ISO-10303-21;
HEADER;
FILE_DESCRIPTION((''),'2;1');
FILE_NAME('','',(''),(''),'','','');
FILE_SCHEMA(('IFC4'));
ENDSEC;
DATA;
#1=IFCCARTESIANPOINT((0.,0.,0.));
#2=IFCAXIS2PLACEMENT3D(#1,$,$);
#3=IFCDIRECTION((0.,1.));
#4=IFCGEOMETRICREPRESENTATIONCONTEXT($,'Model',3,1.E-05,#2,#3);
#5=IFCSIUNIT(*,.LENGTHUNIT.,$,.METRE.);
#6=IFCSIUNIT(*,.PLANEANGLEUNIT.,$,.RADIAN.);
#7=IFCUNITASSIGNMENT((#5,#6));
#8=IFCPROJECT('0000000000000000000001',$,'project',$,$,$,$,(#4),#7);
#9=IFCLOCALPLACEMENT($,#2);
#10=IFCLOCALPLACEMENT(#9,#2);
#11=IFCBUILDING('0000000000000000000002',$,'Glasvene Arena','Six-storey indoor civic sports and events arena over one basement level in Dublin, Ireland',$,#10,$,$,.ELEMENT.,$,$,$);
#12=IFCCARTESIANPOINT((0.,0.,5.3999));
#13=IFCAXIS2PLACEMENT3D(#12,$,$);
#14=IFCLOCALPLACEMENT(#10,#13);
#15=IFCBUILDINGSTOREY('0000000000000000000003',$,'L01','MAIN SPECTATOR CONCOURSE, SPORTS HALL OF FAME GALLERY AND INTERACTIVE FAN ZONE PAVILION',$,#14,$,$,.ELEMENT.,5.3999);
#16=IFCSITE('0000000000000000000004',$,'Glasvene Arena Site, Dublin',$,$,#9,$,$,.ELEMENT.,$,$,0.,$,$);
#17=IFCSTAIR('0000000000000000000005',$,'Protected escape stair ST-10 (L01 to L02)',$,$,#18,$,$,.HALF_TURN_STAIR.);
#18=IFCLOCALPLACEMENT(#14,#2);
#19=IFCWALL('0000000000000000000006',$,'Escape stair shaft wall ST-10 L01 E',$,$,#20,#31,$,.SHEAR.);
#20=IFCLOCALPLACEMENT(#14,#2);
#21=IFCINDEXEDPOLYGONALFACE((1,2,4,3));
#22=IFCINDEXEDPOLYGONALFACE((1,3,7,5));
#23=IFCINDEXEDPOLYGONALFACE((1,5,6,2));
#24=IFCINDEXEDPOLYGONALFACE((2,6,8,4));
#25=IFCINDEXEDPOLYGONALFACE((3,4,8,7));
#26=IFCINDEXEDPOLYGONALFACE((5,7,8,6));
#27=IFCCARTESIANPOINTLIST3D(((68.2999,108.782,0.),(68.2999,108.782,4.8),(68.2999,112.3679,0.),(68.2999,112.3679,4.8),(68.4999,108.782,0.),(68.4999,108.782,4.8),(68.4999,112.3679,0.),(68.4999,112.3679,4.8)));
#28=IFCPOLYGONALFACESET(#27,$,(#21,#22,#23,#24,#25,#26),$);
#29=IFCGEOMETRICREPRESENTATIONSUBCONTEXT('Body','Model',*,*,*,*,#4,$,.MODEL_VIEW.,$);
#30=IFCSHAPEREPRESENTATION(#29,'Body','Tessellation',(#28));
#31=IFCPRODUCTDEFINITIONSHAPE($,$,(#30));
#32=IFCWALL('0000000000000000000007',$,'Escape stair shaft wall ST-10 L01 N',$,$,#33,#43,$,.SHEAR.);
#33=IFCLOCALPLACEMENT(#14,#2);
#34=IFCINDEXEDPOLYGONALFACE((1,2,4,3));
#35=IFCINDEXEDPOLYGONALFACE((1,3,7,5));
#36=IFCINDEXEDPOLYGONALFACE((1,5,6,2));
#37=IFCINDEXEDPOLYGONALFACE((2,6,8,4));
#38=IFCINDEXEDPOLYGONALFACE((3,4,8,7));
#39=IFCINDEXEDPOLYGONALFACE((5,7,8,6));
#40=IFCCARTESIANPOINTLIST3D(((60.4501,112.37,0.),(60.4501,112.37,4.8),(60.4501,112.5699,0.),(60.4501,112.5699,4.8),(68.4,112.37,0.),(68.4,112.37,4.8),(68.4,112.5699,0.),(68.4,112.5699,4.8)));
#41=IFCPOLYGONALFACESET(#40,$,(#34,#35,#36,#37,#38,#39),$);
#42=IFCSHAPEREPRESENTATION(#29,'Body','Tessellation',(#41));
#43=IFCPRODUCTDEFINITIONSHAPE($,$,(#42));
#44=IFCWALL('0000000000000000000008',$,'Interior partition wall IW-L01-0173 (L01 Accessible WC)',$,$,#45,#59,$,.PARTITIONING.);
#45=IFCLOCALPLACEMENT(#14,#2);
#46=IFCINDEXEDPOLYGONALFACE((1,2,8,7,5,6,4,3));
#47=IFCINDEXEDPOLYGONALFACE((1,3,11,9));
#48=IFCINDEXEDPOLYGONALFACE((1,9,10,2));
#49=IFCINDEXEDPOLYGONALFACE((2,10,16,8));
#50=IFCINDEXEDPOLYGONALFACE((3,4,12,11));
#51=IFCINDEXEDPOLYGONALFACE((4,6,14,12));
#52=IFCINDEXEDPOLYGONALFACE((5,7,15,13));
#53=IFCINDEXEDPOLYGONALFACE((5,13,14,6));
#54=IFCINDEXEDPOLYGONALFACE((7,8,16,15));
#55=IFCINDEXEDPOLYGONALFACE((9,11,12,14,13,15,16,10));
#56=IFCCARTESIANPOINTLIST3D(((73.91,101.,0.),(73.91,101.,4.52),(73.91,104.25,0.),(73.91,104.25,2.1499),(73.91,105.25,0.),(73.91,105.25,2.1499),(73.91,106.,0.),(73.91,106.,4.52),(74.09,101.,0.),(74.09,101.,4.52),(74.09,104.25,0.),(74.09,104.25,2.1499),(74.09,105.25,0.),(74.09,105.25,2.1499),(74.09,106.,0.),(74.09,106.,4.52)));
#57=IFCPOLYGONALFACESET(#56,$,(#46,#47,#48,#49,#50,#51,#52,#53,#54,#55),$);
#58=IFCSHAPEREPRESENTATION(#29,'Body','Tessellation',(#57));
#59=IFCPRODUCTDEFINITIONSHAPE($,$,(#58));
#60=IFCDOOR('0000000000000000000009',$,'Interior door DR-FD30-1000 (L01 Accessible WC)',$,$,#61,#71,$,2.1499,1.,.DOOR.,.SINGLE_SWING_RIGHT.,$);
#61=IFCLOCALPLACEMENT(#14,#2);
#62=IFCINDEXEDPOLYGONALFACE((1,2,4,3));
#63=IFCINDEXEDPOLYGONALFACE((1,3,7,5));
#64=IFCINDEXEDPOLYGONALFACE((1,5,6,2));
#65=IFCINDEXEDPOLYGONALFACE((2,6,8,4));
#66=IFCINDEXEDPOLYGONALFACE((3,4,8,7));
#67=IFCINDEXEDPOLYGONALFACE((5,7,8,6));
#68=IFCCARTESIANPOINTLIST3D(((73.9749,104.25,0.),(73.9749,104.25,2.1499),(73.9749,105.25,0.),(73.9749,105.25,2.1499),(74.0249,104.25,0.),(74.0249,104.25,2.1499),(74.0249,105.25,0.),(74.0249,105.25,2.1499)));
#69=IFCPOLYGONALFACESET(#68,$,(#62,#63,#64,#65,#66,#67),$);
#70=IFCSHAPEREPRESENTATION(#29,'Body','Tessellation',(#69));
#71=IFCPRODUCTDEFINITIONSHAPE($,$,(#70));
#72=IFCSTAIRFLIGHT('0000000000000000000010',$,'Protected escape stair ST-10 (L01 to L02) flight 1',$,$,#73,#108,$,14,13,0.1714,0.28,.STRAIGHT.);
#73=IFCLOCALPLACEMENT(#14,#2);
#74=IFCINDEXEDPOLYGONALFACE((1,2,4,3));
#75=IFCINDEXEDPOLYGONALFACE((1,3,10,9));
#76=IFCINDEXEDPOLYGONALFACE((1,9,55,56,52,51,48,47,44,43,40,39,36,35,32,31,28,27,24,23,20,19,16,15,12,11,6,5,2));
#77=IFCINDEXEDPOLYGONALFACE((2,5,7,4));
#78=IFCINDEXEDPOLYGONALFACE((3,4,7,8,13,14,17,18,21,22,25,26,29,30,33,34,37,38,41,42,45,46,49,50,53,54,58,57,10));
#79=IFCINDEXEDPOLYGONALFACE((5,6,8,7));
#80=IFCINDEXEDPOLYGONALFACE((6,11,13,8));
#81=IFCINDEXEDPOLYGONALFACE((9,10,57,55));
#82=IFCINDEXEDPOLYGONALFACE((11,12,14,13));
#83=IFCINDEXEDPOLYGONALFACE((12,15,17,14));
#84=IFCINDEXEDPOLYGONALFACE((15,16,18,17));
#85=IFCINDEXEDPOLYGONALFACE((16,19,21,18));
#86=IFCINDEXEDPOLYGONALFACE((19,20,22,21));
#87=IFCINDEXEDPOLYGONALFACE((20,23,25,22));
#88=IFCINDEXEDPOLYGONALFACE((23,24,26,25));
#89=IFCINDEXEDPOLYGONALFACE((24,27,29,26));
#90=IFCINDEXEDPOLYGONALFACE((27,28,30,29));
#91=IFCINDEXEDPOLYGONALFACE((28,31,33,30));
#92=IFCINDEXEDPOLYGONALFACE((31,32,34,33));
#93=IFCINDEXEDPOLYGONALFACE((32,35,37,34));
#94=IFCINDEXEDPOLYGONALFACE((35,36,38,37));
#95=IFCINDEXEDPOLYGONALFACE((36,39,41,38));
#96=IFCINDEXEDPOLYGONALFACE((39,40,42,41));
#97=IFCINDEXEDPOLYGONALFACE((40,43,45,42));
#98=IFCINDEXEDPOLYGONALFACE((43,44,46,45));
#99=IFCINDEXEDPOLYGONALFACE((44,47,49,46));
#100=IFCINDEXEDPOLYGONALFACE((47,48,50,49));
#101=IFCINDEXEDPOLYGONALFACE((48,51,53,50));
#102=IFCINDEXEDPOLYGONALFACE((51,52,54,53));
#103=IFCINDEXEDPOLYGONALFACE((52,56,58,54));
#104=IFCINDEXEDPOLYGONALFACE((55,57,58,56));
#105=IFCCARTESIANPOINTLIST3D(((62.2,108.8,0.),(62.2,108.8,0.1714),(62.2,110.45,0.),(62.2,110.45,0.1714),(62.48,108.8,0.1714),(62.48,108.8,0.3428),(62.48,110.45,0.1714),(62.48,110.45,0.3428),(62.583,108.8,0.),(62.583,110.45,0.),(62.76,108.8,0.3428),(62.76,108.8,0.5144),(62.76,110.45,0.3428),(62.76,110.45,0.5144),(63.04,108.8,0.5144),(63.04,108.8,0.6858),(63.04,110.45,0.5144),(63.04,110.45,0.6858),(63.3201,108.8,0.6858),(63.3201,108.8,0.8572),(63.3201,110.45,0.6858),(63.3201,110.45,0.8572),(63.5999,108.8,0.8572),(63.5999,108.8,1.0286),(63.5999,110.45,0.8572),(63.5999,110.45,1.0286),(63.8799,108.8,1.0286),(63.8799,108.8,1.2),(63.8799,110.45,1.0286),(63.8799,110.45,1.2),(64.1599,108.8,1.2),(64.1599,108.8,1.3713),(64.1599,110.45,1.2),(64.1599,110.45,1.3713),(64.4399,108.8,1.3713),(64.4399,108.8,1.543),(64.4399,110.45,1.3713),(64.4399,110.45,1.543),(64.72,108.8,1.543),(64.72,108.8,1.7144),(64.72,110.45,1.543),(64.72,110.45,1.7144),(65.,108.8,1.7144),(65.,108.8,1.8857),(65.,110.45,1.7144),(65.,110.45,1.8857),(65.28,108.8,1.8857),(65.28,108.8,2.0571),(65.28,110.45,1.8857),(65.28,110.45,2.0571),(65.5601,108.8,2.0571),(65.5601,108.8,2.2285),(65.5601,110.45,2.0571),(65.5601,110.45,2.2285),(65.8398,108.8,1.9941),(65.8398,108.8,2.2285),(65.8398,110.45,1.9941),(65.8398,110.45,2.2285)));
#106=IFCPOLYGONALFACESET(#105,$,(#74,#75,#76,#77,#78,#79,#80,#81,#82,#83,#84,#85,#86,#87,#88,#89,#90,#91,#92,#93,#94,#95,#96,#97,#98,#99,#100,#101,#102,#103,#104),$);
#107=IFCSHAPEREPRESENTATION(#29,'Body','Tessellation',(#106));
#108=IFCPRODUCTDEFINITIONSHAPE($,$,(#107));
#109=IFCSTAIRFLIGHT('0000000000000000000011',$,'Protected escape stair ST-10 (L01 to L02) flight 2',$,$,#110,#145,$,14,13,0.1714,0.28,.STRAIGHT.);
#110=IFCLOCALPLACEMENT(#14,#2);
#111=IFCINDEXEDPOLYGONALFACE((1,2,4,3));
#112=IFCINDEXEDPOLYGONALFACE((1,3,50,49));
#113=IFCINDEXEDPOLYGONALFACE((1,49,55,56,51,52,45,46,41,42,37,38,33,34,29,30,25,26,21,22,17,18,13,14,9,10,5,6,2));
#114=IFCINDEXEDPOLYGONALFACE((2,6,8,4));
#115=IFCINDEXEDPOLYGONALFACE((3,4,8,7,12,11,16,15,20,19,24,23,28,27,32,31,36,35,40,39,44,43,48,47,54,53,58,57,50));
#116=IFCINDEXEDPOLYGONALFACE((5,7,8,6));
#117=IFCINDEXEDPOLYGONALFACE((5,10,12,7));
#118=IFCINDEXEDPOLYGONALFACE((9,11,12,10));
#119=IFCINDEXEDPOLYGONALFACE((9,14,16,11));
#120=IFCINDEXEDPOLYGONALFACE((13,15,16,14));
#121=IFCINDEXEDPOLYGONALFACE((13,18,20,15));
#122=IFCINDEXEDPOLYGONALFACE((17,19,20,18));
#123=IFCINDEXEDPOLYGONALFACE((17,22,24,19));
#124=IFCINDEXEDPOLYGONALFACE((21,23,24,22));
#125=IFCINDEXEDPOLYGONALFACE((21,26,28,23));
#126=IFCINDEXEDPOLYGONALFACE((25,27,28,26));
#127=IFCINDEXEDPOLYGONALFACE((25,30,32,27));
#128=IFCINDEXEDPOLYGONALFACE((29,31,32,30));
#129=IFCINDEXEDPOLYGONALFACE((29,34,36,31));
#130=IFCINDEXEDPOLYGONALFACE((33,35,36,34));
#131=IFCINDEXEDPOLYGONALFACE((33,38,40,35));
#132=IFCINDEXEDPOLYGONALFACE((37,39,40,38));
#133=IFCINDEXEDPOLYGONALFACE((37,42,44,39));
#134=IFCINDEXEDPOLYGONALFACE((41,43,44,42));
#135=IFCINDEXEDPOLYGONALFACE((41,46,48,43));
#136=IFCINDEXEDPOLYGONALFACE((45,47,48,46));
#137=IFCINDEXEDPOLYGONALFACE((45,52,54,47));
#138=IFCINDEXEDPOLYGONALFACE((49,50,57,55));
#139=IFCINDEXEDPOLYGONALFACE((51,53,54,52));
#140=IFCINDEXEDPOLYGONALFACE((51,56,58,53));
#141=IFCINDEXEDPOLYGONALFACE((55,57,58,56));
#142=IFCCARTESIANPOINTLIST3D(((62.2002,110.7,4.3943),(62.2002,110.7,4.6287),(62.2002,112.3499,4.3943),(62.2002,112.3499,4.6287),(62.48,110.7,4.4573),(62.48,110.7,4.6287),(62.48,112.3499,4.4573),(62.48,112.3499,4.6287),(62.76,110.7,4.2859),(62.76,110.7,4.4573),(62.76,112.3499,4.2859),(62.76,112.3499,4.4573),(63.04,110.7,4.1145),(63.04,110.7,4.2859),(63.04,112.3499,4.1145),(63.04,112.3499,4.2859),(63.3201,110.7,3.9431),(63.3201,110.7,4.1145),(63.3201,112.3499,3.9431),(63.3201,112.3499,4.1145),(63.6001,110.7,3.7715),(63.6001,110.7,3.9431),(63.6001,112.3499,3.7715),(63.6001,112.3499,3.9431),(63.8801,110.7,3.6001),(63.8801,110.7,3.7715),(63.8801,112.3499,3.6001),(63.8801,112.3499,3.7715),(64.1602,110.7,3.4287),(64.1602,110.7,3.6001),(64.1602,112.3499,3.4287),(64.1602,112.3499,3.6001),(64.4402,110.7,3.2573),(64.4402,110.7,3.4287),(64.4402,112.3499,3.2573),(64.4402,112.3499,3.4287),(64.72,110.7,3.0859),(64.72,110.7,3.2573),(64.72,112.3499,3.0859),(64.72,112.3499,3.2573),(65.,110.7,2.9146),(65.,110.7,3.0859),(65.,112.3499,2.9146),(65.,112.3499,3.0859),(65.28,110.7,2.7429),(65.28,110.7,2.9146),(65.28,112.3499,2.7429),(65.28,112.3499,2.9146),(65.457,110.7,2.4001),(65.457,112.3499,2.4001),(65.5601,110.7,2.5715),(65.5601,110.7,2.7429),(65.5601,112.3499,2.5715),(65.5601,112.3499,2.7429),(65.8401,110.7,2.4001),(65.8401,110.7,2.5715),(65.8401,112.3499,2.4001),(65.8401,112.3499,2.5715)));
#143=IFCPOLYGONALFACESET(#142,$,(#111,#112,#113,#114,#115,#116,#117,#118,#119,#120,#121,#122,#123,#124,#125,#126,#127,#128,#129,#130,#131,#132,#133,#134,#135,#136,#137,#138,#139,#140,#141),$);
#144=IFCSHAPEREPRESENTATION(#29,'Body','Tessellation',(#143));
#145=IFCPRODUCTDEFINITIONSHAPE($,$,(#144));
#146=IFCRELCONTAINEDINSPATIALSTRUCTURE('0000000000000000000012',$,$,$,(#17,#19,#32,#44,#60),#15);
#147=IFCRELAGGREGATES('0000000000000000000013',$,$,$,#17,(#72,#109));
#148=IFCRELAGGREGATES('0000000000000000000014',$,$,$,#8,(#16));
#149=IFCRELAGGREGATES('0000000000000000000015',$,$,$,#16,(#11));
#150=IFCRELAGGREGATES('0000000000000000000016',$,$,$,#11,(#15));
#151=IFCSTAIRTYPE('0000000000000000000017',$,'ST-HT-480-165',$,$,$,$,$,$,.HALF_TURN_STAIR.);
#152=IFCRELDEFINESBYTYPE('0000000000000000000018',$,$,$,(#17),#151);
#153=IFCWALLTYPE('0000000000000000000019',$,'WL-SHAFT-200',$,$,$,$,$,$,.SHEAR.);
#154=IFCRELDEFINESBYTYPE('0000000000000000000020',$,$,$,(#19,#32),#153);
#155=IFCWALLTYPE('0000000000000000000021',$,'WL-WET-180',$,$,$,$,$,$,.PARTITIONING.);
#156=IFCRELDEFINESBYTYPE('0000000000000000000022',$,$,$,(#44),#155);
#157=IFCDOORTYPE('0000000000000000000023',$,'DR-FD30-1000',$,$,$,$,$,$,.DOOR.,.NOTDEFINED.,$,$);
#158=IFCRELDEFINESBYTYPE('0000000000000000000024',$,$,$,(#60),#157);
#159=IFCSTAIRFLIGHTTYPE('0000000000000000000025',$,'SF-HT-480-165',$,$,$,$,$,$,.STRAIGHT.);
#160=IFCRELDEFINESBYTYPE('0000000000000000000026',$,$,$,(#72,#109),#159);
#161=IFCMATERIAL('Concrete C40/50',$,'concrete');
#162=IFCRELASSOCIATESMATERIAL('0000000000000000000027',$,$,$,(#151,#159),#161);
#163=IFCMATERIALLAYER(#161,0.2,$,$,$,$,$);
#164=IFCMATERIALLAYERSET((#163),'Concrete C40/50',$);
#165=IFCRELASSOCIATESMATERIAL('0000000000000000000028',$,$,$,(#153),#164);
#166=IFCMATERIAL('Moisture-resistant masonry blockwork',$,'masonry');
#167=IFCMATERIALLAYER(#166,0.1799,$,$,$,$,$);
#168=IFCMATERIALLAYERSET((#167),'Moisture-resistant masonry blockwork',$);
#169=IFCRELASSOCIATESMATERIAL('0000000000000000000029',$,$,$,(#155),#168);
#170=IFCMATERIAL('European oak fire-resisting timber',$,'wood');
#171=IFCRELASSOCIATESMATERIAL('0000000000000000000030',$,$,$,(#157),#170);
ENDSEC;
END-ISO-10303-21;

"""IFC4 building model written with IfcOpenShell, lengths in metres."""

from ifc_helpers import new_model, si_unit, direction, frame, frame_2d, origin, place, context, subcontext, project, spatial, polyline, rectangle, outline, extrude, material, layer, layer_set, type_object, element, fill, aggregate, save


model = new_model("IFC4")

# Units and contexts
model_context = context("Model", 3, precision=1e-05, world=origin(), true_north=direction((0.0, 1.0)))
body_context = subcontext(model_context, "Body", "Model", "MODEL_VIEW")
ifc_project = project(units=[si_unit("LENGTHUNIT", "METRE"), si_unit("PLANEANGLEUNIT", "RADIAN")], contexts=[model_context])

# Site, building, storey
site_placement = place(None, origin())
site = spatial("IfcSite", under=ifc_project, at=site_placement, Name="Glasvene Arena Site, Dublin", CompositionType="ELEMENT", RefElevation=0.0)
building_placement = place(site_placement, origin())
building = spatial("IfcBuilding", under=site, at=building_placement, Name="Glasvene Arena", Description="Six-storey indoor civic sports and events arena over one basement level in Dublin, Ireland", CompositionType="ELEMENT")
storey_placement = place(building_placement, frame((0.0, 0.0, 5.3999)))
storey = spatial("IfcBuildingStorey", under=building, at=storey_placement, Name="L01", Description="MAIN SPECTATOR CONCOURSE, SPORTS HALL OF FAME GALLERY AND INTERACTIVE FAN ZONE PAVILION", CompositionType="ELEMENT", Elevation=5.3999)

# Stair
ifc_material_1 = material(Name="Concrete C40/50", Category="concrete")
stair_type = type_object("IfcStairType", Name="ST-HT-480-165", PredefinedType="HALF_TURN_STAIR", material=ifc_material_1)
stair_placement = place(storey_placement, origin())
stair = element("IfcStair", 1, at=stair_placement, inside=storey, type_object=stair_type, Name="Protected escape stair ST-10 (L01 to L02)", PredefinedType="HALF_TURN_STAIR")

# Shared definitions
ifc_layer_1 = layer(ifc_material_1, 0.2)
ifc_layer_set_1 = layer_set([ifc_layer_1], Name="Concrete C40/50")
wall_type_1 = type_object("IfcWallType", Name="WL-SHAFT-200", PredefinedType="SHEAR", material=ifc_layer_set_1)

# Walls
wall_1_placement = place(storey_placement, frame((68.3999, 108.782, 0.0), z_axis=(0.0, 0.0, 1.0), x_axis=(0.0, 1.0, 0.0)))
element("IfcWall", 2, at=wall_1_placement, inside=storey, type_object=wall_type_1, Name="Escape stair shaft wall ST-10 L01 E", PredefinedType="SHEAR", context=body_context, shape_type="SweptSolid", body=[
    extrude(rectangle(XDim=3.5859, YDim=0.2, at=frame_2d((1.793, 0.0))), origin(), (0.0, 0.0, 1.0), 4.8),
])
wall_2_placement = place(storey_placement, frame((60.45, 112.47, 0.0), z_axis=(0.0, 0.0, 1.0), x_axis=(1.0, 0.0, 0.0)))
element("IfcWall", 3, at=wall_2_placement, inside=storey, type_object=wall_type_1, Name="Escape stair shaft wall ST-10 L01 N", PredefinedType="SHEAR", context=body_context, shape_type="SweptSolid", body=[
    extrude(rectangle(XDim=7.95, YDim=0.2, at=frame_2d((3.9751, 0.0))), origin(), (0.0, 0.0, 1.0), 4.8),
])

# Wall, opening, door
ifc_material_2 = material(Name="Moisture-resistant masonry blockwork", Category="masonry")
ifc_layer_2 = layer(ifc_material_2, 0.1799)
ifc_layer_set_2 = layer_set([ifc_layer_2], Name="Moisture-resistant masonry blockwork")
wall_type_2 = type_object("IfcWallType", Name="WL-WET-180", PredefinedType="PARTITIONING", material=ifc_layer_set_2)
wall_3_placement = place(storey_placement, frame((74.0, 106.0, 0.0), z_axis=(0.0, 0.0, 1.0), x_axis=(0.0, -1.0, 0.0)))
wall_3 = element("IfcWall", 4, at=wall_3_placement, inside=storey, type_object=wall_type_2, Name="Interior partition wall IW-L01-0173 (L01 Accessible WC)", PredefinedType="PARTITIONING", context=body_context, shape_type="SweptSolid", body=[
    extrude(rectangle(XDim=5.0, YDim=0.1799, at=frame_2d((2.5, 0.0))), origin(), (0.0, 0.0, 1.0), 4.52),
])
opening_1_placement = place(wall_3_placement, frame((0.75, 0.0, 0.0)))
opening_1 = element("IfcOpeningElement", 5, at=opening_1_placement, cuts=wall_3, PredefinedType="OPENING", context=body_context, shape_type="SweptSolid", body=[
    extrude(rectangle(XDim=1.0, YDim=2.1499, at=frame_2d((0.5, 1.075))), frame((0.0, 0.1001, 0.0), z_axis=(0.0, -1.0, 0.0), x_axis=(1.0, 0.0, 0.0)), (0.0, 0.0, 1.0), 0.2),
])
ifc_material_3 = material(Name="European oak fire-resisting timber", Category="wood")
door_type_1 = type_object("IfcDoorType", Name="DR-FD30-1000", OperationType="NOTDEFINED", PredefinedType="DOOR", material=ifc_material_3)
door_1_placement = place(opening_1_placement, origin())
door_1 = element("IfcDoor", 6, at=door_1_placement, inside=storey, type_object=door_type_1, Name="Interior door DR-FD30-1000 (L01 Accessible WC)", OperationType="SINGLE_SWING_RIGHT", OverallHeight=2.1499, OverallWidth=1.0, PredefinedType="DOOR", context=body_context, shape_type="SweptSolid", body=[
    extrude(rectangle(XDim=1.0, YDim=2.1499, at=frame_2d((0.5, 1.075))), frame((0.0, 0.0249, 0.0), z_axis=(0.0, -1.0, 0.0), x_axis=(1.0, 0.0, 0.0)), (0.0, 0.0, 1.0), 0.05),
])
fill(opening_1, door_1)

# Stair flights
stair_flight_type = type_object("IfcStairFlightType", Name="SF-HT-480-165", PredefinedType="STRAIGHT", material=ifc_material_1)
stair_flight_1_placement = place(storey_placement, frame((62.2, 109.625, 0.0), z_axis=(0.0, 0.0, 1.0), x_axis=(1.0, 0.0, 0.0)))
stair_flight_1 = element("IfcStairFlight", 7, at=stair_flight_1_placement, type_object=stair_flight_type, Name="Protected escape stair ST-10 (L01 to L02) flight 1", NumberOfRisers=14, NumberOfTreads=13, PredefinedType="STRAIGHT", RiserHeight=0.1714, TreadLength=0.28, context=body_context, shape_type="SweptSolid", body=[
    extrude(outline(polyline([(0.0, 0.0), (0.0, 0.1714), (0.28, 0.1714), (0.28, 0.3428), (0.5601, 0.3428), (0.5601, 0.5144), (0.8401, 0.5144), (0.8401, 0.6858), (1.1201, 0.6858), (1.1201, 0.8572), (1.3999, 0.8572), (1.3999, 1.0286), (1.6799, 1.0286), (1.6799, 1.2), (1.96, 1.2), (1.96, 1.3713), (2.24, 1.3713), (2.24, 1.543), (2.52, 1.543), (2.52, 1.7144), (2.8, 1.7144), (2.8, 1.8857), (3.0801, 1.8857), (3.0801, 2.0571), (3.3601, 2.0571), (3.3601, 2.2285), (3.6399, 2.2285), (3.6399, 2.3999), (3.6399, 1.9941), (0.3831, 0.0), (0.0, 0.0)])), frame((0.0, 0.825, 0.0), z_axis=(0.0, -1.0, 0.0), x_axis=(1.0, 0.0, 0.0)), (0.0, 0.0, 1.0), 1.6499),
])
stair_flight_2_placement = place(storey_placement, frame((65.8401, 111.5249, 2.4001), z_axis=(0.0, 0.0, 1.0), x_axis=(-1.0, 0.0, 0.0)))
stair_flight_2 = element("IfcStairFlight", 8, at=stair_flight_2_placement, type_object=stair_flight_type, Name="Protected escape stair ST-10 (L01 to L02) flight 2", NumberOfRisers=14, NumberOfTreads=13, PredefinedType="STRAIGHT", RiserHeight=0.1714, TreadLength=0.28, context=body_context, shape_type="SweptSolid", body=[
    extrude(outline(polyline([(0.0, 0.0), (0.0, 0.1714), (0.28, 0.1714), (0.28, 0.3428), (0.5601, 0.3428), (0.5601, 0.5144), (0.8401, 0.5144), (0.8401, 0.6858), (1.1201, 0.6858), (1.1201, 0.8572), (1.3999, 0.8572), (1.3999, 1.0286), (1.6799, 1.0286), (1.6799, 1.2), (1.96, 1.2), (1.96, 1.3713), (2.24, 1.3713), (2.24, 1.543), (2.52, 1.543), (2.52, 1.7144), (2.8, 1.7144), (2.8, 1.8857), (3.0801, 1.8857), (3.0801, 2.0571), (3.3601, 2.0571), (3.3601, 2.2285), (3.6399, 2.2285), (3.6399, 2.3999), (3.6399, 1.9941), (0.3831, 0.0), (0.0, 0.0)])), frame((0.0, 0.825, 0.0), z_axis=(0.0, -1.0, 0.0), x_axis=(1.0, 0.0, 0.0)), (0.0, 0.0, 1.0), 1.6499),
])
aggregate(stair, [stair_flight_1, stair_flight_2])

save(model, "model.ifc")
